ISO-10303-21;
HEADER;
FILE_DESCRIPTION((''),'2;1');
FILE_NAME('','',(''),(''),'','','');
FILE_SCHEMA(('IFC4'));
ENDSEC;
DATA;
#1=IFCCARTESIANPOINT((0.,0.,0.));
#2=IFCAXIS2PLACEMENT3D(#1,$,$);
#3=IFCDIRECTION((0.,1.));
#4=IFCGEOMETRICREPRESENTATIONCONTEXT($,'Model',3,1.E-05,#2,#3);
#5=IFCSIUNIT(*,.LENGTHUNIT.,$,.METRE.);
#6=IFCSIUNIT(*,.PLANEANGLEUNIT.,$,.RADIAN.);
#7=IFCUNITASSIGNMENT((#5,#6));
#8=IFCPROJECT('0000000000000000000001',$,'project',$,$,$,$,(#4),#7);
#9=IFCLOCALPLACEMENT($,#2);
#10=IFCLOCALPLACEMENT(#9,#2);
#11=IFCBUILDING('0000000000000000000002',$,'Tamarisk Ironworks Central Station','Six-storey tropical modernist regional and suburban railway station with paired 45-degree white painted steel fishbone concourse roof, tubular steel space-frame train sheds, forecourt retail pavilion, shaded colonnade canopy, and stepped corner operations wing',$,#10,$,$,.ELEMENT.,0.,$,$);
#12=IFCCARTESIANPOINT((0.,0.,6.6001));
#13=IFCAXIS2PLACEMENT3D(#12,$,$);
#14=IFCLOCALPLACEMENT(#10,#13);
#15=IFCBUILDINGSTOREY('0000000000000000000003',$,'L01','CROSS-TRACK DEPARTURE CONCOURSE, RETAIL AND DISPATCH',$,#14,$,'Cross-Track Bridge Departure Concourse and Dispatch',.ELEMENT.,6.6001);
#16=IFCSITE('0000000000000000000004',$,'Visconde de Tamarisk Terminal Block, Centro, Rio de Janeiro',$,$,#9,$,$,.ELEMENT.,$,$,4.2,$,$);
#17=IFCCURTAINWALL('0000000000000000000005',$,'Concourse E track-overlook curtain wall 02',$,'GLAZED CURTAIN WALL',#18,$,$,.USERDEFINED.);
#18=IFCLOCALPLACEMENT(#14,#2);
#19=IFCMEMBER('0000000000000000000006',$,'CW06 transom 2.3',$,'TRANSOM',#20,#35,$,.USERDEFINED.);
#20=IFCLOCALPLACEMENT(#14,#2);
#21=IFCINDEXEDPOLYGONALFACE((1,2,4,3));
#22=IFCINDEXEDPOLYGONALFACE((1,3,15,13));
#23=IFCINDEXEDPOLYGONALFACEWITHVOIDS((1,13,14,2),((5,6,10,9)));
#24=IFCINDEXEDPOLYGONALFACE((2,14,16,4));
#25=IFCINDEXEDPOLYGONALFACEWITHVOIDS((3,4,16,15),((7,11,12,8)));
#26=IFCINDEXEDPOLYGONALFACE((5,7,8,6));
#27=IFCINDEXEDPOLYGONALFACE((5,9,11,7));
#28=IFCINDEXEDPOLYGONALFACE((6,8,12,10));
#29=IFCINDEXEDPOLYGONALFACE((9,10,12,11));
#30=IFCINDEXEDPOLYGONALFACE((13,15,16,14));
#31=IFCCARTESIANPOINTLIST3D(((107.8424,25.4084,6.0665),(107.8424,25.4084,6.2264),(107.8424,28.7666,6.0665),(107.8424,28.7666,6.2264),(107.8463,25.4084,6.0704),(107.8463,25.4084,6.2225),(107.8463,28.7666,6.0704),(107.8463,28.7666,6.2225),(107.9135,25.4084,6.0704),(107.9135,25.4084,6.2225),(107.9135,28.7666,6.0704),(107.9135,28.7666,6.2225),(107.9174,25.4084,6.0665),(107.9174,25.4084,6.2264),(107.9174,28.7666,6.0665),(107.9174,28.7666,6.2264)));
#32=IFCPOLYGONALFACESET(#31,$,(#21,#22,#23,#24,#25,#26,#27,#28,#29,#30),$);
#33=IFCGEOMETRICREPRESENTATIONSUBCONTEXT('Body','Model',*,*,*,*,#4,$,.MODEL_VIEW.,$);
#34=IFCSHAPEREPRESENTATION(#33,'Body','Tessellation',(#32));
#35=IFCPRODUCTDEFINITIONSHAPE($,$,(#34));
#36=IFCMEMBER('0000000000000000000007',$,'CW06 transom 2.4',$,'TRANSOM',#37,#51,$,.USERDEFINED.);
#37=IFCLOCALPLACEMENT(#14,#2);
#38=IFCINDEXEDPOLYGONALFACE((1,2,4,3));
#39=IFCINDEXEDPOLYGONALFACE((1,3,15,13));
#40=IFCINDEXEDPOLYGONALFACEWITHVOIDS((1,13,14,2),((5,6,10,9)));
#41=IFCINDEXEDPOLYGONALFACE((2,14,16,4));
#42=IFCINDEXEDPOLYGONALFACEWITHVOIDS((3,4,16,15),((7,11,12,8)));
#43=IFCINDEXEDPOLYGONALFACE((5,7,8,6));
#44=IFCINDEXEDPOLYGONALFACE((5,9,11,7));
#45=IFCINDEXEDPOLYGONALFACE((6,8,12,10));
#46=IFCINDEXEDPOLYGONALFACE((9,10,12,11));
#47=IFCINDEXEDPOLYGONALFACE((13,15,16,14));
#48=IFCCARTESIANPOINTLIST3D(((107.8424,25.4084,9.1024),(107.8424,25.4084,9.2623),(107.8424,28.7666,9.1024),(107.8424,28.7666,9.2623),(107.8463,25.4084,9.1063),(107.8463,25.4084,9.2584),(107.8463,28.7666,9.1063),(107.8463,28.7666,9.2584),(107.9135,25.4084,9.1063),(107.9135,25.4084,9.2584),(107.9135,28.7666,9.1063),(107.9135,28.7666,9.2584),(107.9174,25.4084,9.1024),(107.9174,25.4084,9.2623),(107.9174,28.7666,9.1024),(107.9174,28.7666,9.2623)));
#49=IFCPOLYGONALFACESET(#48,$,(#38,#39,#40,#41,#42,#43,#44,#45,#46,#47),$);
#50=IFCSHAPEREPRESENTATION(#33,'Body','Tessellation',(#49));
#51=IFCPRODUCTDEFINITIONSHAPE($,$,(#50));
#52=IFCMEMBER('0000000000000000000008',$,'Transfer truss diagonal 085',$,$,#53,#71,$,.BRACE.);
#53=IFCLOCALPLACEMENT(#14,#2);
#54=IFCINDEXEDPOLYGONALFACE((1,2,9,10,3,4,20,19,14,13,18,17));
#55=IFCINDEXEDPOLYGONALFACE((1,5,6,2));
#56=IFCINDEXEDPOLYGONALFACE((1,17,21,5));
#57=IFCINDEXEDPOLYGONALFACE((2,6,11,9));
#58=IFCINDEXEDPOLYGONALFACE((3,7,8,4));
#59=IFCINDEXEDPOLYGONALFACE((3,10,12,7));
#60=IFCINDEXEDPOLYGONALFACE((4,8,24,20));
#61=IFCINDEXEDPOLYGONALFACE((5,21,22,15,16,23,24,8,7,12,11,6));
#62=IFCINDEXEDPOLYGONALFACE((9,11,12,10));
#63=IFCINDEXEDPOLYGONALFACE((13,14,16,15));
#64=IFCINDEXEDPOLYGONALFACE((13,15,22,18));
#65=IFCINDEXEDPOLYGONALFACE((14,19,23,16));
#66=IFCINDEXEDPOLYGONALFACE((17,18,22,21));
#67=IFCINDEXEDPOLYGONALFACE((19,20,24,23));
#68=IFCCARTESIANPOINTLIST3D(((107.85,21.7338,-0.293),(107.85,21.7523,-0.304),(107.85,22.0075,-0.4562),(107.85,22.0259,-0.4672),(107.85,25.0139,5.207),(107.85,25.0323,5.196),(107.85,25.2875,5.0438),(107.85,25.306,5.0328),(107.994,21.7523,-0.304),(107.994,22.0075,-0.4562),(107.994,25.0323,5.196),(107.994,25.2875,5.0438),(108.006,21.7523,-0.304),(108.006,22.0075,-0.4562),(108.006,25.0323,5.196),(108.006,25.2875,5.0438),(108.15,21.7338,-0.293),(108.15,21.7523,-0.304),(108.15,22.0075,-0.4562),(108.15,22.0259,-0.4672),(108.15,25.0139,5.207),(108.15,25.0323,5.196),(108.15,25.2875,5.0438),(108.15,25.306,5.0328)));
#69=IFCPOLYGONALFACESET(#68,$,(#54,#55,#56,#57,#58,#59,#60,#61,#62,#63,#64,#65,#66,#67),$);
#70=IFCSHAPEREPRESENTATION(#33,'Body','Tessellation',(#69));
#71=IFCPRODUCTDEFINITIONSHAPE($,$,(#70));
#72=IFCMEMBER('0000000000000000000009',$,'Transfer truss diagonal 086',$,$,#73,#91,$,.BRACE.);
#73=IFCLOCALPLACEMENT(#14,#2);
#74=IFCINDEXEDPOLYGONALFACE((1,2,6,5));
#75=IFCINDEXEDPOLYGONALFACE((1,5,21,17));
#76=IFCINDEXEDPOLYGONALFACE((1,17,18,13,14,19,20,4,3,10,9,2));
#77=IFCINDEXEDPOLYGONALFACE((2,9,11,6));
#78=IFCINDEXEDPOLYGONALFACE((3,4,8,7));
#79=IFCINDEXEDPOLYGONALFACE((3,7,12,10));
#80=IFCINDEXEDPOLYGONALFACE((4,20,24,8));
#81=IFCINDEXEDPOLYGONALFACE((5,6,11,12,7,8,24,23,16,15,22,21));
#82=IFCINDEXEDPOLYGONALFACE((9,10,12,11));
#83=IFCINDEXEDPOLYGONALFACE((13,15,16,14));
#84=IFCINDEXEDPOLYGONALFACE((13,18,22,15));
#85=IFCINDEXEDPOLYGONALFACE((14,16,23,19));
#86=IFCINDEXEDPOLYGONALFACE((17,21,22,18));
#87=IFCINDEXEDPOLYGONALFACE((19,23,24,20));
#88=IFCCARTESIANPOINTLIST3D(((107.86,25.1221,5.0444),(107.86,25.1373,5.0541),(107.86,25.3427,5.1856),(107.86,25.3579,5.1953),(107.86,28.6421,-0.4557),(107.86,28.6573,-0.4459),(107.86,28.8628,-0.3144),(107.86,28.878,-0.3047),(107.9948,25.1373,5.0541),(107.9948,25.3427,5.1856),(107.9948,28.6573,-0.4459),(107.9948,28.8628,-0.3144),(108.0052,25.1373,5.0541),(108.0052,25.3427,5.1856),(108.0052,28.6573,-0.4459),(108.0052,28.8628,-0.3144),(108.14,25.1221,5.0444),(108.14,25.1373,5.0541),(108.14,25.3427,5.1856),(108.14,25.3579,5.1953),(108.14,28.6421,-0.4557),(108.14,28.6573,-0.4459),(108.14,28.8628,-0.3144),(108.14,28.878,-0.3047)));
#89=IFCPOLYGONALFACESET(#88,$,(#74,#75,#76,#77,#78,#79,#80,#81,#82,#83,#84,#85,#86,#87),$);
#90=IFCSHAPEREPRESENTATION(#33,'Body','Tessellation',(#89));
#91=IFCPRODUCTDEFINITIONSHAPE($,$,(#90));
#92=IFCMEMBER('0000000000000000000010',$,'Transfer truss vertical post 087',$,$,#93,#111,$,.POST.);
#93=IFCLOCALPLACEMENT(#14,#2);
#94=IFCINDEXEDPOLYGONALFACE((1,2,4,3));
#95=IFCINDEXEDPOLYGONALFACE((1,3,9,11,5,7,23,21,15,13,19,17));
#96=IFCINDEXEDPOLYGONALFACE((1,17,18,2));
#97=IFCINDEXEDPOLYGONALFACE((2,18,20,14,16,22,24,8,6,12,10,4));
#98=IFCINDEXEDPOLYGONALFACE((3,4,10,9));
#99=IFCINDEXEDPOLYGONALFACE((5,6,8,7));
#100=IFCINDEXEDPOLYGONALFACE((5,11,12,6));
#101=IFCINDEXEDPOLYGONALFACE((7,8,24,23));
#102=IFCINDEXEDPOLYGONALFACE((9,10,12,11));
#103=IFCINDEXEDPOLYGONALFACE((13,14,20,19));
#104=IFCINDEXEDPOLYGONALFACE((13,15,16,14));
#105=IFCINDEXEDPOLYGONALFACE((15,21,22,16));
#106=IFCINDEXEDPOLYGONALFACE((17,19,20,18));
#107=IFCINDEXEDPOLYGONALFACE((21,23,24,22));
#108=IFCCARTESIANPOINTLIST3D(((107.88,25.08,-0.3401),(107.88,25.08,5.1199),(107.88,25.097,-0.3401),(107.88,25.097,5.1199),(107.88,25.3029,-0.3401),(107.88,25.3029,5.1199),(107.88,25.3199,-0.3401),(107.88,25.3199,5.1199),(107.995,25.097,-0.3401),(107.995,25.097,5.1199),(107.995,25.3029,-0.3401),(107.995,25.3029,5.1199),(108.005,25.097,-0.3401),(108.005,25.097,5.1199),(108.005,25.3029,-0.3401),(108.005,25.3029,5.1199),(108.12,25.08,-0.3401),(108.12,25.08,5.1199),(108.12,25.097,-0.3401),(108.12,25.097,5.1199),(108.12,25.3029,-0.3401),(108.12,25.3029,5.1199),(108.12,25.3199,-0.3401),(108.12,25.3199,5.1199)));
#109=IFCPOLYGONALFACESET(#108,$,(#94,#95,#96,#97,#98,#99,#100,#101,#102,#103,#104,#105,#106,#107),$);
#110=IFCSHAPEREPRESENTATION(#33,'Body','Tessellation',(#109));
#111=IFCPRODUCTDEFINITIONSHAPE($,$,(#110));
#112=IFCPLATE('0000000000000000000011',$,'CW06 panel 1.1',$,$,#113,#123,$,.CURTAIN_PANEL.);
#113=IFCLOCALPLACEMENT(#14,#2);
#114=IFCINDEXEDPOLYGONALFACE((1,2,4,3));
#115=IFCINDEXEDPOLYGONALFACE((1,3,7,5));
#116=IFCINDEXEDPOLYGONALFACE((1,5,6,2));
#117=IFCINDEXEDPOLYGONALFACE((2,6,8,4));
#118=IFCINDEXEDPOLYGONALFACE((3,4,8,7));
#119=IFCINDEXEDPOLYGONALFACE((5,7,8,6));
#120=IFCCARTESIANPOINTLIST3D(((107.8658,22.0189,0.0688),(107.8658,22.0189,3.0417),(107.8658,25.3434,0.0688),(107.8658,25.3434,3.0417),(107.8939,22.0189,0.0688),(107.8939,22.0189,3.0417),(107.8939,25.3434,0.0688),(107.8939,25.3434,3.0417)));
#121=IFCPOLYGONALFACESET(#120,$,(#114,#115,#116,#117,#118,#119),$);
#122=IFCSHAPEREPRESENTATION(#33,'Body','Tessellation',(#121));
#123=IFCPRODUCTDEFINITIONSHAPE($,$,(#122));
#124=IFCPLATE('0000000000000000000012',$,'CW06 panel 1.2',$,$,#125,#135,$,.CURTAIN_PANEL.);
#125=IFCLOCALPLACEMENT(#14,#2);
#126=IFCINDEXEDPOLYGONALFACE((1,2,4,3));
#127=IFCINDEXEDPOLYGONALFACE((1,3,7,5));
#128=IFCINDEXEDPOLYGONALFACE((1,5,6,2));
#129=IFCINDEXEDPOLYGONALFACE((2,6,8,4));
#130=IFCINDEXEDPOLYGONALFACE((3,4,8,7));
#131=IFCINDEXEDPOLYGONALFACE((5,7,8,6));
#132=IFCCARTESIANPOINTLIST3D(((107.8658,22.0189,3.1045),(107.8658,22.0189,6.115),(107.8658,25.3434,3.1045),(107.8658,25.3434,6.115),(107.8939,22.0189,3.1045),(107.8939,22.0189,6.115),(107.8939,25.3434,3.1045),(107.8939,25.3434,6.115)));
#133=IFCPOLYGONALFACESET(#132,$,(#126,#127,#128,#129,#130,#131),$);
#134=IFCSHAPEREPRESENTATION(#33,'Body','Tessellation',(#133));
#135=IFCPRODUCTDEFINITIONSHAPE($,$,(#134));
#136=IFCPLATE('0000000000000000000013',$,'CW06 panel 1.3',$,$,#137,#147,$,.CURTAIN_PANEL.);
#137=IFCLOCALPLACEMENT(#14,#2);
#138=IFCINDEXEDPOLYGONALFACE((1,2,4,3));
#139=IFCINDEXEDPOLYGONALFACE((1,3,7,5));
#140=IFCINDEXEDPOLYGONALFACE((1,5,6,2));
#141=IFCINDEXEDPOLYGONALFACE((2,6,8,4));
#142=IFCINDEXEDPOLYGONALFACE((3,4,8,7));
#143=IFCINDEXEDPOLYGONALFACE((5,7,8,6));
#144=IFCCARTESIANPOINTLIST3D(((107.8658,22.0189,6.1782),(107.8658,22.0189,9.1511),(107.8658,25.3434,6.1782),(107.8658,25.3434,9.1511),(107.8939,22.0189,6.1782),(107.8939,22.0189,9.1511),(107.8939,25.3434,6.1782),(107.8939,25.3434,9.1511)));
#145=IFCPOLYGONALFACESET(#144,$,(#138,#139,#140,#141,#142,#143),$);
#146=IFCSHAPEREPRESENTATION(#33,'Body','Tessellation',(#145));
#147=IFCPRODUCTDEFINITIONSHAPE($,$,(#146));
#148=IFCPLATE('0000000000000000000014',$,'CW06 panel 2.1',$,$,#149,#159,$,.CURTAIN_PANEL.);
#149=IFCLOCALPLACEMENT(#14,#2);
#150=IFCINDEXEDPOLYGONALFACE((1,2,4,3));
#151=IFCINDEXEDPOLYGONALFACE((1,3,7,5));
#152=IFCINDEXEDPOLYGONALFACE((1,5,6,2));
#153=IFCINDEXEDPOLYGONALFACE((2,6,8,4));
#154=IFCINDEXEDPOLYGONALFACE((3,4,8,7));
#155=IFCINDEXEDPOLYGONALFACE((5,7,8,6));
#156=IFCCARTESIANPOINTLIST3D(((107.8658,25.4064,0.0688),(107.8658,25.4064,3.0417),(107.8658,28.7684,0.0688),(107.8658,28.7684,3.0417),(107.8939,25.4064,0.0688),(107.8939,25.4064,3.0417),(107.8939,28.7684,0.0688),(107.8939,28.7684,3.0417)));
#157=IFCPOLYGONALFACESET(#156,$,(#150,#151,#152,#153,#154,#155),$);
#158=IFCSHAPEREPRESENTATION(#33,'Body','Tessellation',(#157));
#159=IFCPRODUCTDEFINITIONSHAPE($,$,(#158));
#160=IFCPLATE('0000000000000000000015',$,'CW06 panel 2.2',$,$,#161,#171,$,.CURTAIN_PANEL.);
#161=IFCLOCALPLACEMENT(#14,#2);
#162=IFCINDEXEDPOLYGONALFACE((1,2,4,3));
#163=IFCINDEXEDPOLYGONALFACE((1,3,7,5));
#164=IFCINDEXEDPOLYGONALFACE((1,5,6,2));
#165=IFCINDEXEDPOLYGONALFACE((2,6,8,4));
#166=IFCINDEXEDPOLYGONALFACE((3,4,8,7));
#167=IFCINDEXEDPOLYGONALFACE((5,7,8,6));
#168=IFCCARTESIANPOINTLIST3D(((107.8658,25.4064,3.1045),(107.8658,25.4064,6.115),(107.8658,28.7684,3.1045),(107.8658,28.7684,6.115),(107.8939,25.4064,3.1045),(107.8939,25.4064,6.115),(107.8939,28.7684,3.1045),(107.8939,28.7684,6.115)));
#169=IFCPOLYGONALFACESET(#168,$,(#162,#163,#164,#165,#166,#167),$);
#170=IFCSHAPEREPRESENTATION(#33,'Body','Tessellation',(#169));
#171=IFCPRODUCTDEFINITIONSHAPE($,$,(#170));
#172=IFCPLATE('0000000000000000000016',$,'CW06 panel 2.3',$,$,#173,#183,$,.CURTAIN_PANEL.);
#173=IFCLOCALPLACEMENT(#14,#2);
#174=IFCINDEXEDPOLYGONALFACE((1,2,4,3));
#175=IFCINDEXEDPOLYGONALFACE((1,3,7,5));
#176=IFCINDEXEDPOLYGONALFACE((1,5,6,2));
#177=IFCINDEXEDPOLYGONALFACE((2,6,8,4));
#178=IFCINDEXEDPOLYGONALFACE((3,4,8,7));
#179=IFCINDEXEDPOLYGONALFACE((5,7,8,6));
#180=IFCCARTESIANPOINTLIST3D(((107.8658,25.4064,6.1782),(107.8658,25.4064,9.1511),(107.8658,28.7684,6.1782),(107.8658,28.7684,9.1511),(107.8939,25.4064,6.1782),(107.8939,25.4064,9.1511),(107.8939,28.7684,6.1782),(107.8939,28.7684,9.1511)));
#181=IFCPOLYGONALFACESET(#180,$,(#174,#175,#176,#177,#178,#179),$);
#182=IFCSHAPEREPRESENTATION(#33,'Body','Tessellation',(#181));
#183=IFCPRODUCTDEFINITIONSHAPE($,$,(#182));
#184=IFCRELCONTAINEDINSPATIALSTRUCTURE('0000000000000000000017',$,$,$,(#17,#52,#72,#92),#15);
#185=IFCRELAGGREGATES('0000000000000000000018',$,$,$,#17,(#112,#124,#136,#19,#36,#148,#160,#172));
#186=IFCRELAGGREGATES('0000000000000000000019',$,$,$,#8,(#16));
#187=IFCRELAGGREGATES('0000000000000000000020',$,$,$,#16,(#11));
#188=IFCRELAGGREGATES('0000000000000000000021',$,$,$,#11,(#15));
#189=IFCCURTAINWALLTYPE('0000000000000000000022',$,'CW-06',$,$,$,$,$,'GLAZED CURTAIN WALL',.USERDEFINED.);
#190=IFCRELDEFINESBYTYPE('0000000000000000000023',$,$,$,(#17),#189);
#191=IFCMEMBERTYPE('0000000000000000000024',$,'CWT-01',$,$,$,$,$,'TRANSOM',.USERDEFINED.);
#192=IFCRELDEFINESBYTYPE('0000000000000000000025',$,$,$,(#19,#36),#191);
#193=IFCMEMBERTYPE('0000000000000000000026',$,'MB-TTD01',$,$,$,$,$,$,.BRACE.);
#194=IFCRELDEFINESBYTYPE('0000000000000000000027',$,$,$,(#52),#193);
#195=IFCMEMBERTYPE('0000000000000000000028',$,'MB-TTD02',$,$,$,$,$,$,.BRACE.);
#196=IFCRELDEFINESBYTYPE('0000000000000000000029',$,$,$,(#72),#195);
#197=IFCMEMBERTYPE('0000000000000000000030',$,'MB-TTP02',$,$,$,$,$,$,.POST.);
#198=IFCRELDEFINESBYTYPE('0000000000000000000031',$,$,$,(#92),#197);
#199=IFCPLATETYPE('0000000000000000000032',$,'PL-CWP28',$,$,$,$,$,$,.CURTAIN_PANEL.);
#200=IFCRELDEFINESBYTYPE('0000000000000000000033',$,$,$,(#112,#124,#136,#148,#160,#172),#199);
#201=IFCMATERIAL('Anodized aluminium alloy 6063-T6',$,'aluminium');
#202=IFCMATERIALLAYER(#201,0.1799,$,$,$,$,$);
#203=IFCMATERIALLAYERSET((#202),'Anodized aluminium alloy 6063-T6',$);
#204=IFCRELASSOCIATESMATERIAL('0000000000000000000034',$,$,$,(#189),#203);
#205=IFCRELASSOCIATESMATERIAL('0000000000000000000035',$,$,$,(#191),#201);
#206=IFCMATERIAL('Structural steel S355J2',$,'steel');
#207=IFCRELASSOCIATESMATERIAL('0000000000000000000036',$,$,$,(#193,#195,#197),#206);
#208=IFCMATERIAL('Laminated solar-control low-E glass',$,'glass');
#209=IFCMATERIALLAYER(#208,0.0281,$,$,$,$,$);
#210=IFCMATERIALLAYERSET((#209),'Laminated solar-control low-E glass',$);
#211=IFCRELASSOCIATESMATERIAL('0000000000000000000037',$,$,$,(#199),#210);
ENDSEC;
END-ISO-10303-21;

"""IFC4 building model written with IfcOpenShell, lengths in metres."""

from ifc_helpers import new_model, si_unit, direction, frame, origin, origin_2d, place, context, subcontext, project, spatial, rectangle, hollow_rectangle, i_section, extrude, material, layer, layer_set, material_profile, profile_set, type_object, element, aggregate, save


model = new_model("IFC4")

# Units and contexts
model_context = context("Model", 3, precision=1e-05, world=origin(), true_north=direction((0.0, 1.0)))
body_context = subcontext(model_context, "Body", "Model", "MODEL_VIEW")
ifc_project = project(units=[si_unit("LENGTHUNIT", "METRE"), si_unit("PLANEANGLEUNIT", "RADIAN")], contexts=[model_context])

# Site, building, storey
site_placement = place(None, origin())
site = spatial("IfcSite", under=ifc_project, at=site_placement, Name="Visconde de Tamarisk Terminal Block, Centro, Rio de Janeiro", CompositionType="ELEMENT", RefElevation=4.2)
building_placement = place(site_placement, origin())
building = spatial("IfcBuilding", under=site, at=building_placement, Name="Tamarisk Ironworks Central Station", Description="Six-storey tropical modernist regional and suburban railway station with paired 45-degree white painted steel fishbone concourse roof, tubular steel space-frame train sheds, forecourt retail pavilion, shaded colonnade canopy, and stepped corner operations wing", CompositionType="ELEMENT", ElevationOfRefHeight=0.0)
storey_placement = place(building_placement, frame((0.0, 0.0, 6.6001)))
storey = spatial("IfcBuildingStorey", under=building, at=storey_placement, Name="L01", Description="CROSS-TRACK DEPARTURE CONCOURSE, RETAIL AND DISPATCH", LongName="Cross-Track Bridge Departure Concourse and Dispatch", CompositionType="ELEMENT", Elevation=6.6001)

# Shared definitions
ifc_material_1 = material(Name="Structural steel S355J2", Category="steel")

# Curtain wall, members
ifc_material_2 = material(Name="Anodized aluminium alloy 6063-T6", Category="aluminium")
ifc_layer_1 = layer(ifc_material_2, 0.1799)
ifc_layer_set_1 = layer_set([ifc_layer_1], Name="Anodized aluminium alloy 6063-T6")
curtain_wall_type = type_object("IfcCurtainWallType", Name="CW-06", ElementType="GLAZED CURTAIN WALL", PredefinedType="USERDEFINED", material=ifc_layer_set_1)
curtain_wall_placement = place(storey_placement, origin())
curtain_wall = element("IfcCurtainWall", 1, at=curtain_wall_placement, inside=storey, type_object=curtain_wall_type, Name="Concourse E track-overlook curtain wall 02", ObjectType="GLAZED CURTAIN WALL", PredefinedType="USERDEFINED")
ifc_material_profile_1 = material_profile(ifc_material_2, hollow_rectangle(XDim=0.075, YDim=0.1599, WallThickness=0.0039, at=origin_2d()), Name="ALUM 160x75")
ifc_profile_set_1 = profile_set([ifc_material_profile_1], Name="Anodized aluminium alloy 6063-T6")
member_type_1 = type_object("IfcMemberType", Name="CWT-01", ElementType="TRANSOM", PredefinedType="USERDEFINED", material=ifc_profile_set_1)
member_1_placement = place(storey_placement, frame((107.8799, 25.4084, 6.1465), z_axis=(0.0, 1.0, 0.0), x_axis=(-1.0, 0.0, 0.0)))
member_1 = element("IfcMember", 2, at=member_1_placement, type_object=member_type_1, Name="CW06 transom 2.3", ObjectType="TRANSOM", PredefinedType="USERDEFINED", context=body_context, shape_type="SweptSolid", body=[
    extrude(hollow_rectangle(XDim=0.075, YDim=0.1599, WallThickness=0.0039, at=origin_2d()), origin(), (0.0, 0.0, 1.0), 3.3582),
])
member_2_placement = place(storey_placement, frame((107.8799, 25.4084, 9.1824), z_axis=(0.0, 1.0, 0.0), x_axis=(-1.0, 0.0, 0.0)))
member_2 = element("IfcMember", 3, at=member_2_placement, type_object=member_type_1, Name="CW06 transom 2.4", ObjectType="TRANSOM", PredefinedType="USERDEFINED", context=body_context, shape_type="SweptSolid", body=[
    extrude(hollow_rectangle(XDim=0.075, YDim=0.1599, WallThickness=0.0039, at=origin_2d()), origin(), (0.0, 0.0, 1.0), 3.3582),
])

# Members
ifc_material_profile_2 = material_profile(ifc_material_1, i_section(OverallWidth=0.3, OverallDepth=0.3401, WebThickness=0.012, FlangeThickness=0.0215, at=origin_2d()), Name="HEB 340")
ifc_profile_set_2 = profile_set([ifc_material_profile_2], Name="Structural steel S355J2")
member_type_2 = type_object("IfcMemberType", Name="MB-TTD01", PredefinedType="BRACE", material=ifc_profile_set_2)
member_3_placement = place(storey_placement, frame((108.0, 21.8799, -0.3801), z_axis=(0.0, 0.512201, 0.858866), x_axis=(-1.0, 0.0, 0.0)))
element("IfcMember", 4, at=member_3_placement, inside=storey, type_object=member_type_2, Name="Transfer truss diagonal 085", PredefinedType="BRACE", context=body_context, shape_type="SweptSolid", body=[
    extrude(i_section(OverallWidth=0.3, OverallDepth=0.3401, WebThickness=0.012, FlangeThickness=0.0215, at=origin_2d()), origin(), (0.0, 0.0, 1.0), 6.4038),
])
ifc_material_profile_3 = material_profile(ifc_material_1, i_section(OverallWidth=0.28, OverallDepth=0.28, WebThickness=0.0105, FlangeThickness=0.0181, at=origin_2d()), Name="HEB 280")
ifc_profile_set_3 = profile_set([ifc_material_profile_3], Name="Structural steel S355J2")
member_type_3 = type_object("IfcMemberType", Name="MB-TTD02", PredefinedType="BRACE", material=ifc_profile_set_3)
member_4_placement = place(storey_placement, frame((108.0, 25.24, 5.1199), z_axis=(0.0, 0.539056, -0.84227), x_axis=(-1.0, 0.0, 0.0)))
element("IfcMember", 5, at=member_4_placement, inside=storey, type_object=member_type_3, Name="Transfer truss diagonal 086", PredefinedType="BRACE", context=body_context, shape_type="SweptSolid", body=[
    extrude(i_section(OverallWidth=0.28, OverallDepth=0.28, WebThickness=0.0105, FlangeThickness=0.0181, at=origin_2d()), origin(), (0.0, 0.0, 1.0), 6.53),
])
ifc_material_profile_4 = material_profile(ifc_material_1, i_section(OverallWidth=0.24, OverallDepth=0.24, WebThickness=0.01, FlangeThickness=0.0171, at=origin_2d()), Name="HEB 240")
ifc_profile_set_4 = profile_set([ifc_material_profile_4], Name="Structural steel S355J2")
member_type_4 = type_object("IfcMemberType", Name="MB-TTP02", PredefinedType="POST", material=ifc_profile_set_4)
member_5_placement = place(storey_placement, frame((108.0, 25.2, -0.3401), z_axis=(0.0, 0.0, 1.0), x_axis=(1.0, 0.0, 0.0)))
element("IfcMember", 6, at=member_5_placement, inside=storey, type_object=member_type_4, Name="Transfer truss vertical post 087", PredefinedType="POST", context=body_context, shape_type="SweptSolid", body=[
    extrude(i_section(OverallWidth=0.24, OverallDepth=0.24, WebThickness=0.01, FlangeThickness=0.0171, at=origin_2d()), origin(), (0.0, 0.0, 1.0), 5.46),
])

# Plates
ifc_material_3 = material(Name="Laminated solar-control low-E glass", Category="glass")
ifc_layer_2 = layer(ifc_material_3, 0.0281)
ifc_layer_set_2 = layer_set([ifc_layer_2], Name="Laminated solar-control low-E glass")
plate_type_1 = type_object("IfcPlateType", Name="PL-CWP28", PredefinedType="CURTAIN_PANEL", material=ifc_layer_set_2)
plate_1_placement = place(storey_placement, frame((107.8799, 23.6812, 0.0688), z_axis=(0.0, 0.0, 1.0), x_axis=(0.0, 1.0, 0.0)))
plate_1 = element("IfcPlate", 7, at=plate_1_placement, type_object=plate_type_1, Name="CW06 panel 1.1", PredefinedType="CURTAIN_PANEL", context=body_context, shape_type="SweptSolid", body=[
    extrude(rectangle(XDim=3.3245, YDim=0.0281, at=origin_2d()), origin(), (0.0, 0.0, 1.0), 2.9729),
])
plate_2_placement = place(storey_placement, frame((107.8799, 23.6812, 3.1045), z_axis=(0.0, 0.0, 1.0), x_axis=(0.0, 1.0, 0.0)))
plate_2 = element("IfcPlate", 8, at=plate_2_placement, type_object=plate_type_1, Name="CW06 panel 1.2", PredefinedType="CURTAIN_PANEL", context=body_context, shape_type="SweptSolid", body=[
    extrude(rectangle(XDim=3.3245, YDim=0.0281, at=origin_2d()), origin(), (0.0, 0.0, 1.0), 3.0105),
])
plate_3_placement = place(storey_placement, frame((107.8799, 23.6812, 6.1782), z_axis=(0.0, 0.0, 1.0), x_axis=(0.0, 1.0, 0.0)))
plate_3 = element("IfcPlate", 9, at=plate_3_placement, type_object=plate_type_1, Name="CW06 panel 1.3", PredefinedType="CURTAIN_PANEL", context=body_context, shape_type="SweptSolid", body=[
    extrude(rectangle(XDim=3.3245, YDim=0.0281, at=origin_2d()), origin(), (0.0, 0.0, 1.0), 2.9729),
])
plate_4_placement = place(storey_placement, frame((107.8799, 27.0874, 0.0688), z_axis=(0.0, 0.0, 1.0), x_axis=(0.0, 1.0, 0.0)))
plate_4 = element("IfcPlate", 10, at=plate_4_placement, type_object=plate_type_1, Name="CW06 panel 2.1", PredefinedType="CURTAIN_PANEL", context=body_context, shape_type="SweptSolid", body=[
    extrude(rectangle(XDim=3.3621, YDim=0.0281, at=origin_2d()), origin(), (0.0, 0.0, 1.0), 2.9729),
])
plate_5_placement = place(storey_placement, frame((107.8799, 27.0874, 3.1045), z_axis=(0.0, 0.0, 1.0), x_axis=(0.0, 1.0, 0.0)))
plate_5 = element("IfcPlate", 11, at=plate_5_placement, type_object=plate_type_1, Name="CW06 panel 2.2", PredefinedType="CURTAIN_PANEL", context=body_context, shape_type="SweptSolid", body=[
    extrude(rectangle(XDim=3.3621, YDim=0.0281, at=origin_2d()), origin(), (0.0, 0.0, 1.0), 3.0105),
])
plate_6_placement = place(storey_placement, frame((107.8799, 27.0874, 6.1782), z_axis=(0.0, 0.0, 1.0), x_axis=(0.0, 1.0, 0.0)))
plate_6 = element("IfcPlate", 12, at=plate_6_placement, type_object=plate_type_1, Name="CW06 panel 2.3", PredefinedType="CURTAIN_PANEL", context=body_context, shape_type="SweptSolid", body=[
    extrude(rectangle(XDim=3.3621, YDim=0.0281, at=origin_2d()), origin(), (0.0, 0.0, 1.0), 2.9729),
])
aggregate(curtain_wall, [plate_1, plate_2, plate_3, member_1, member_2, plate_4, plate_5, plate_6])

save(model, "model.ifc")
